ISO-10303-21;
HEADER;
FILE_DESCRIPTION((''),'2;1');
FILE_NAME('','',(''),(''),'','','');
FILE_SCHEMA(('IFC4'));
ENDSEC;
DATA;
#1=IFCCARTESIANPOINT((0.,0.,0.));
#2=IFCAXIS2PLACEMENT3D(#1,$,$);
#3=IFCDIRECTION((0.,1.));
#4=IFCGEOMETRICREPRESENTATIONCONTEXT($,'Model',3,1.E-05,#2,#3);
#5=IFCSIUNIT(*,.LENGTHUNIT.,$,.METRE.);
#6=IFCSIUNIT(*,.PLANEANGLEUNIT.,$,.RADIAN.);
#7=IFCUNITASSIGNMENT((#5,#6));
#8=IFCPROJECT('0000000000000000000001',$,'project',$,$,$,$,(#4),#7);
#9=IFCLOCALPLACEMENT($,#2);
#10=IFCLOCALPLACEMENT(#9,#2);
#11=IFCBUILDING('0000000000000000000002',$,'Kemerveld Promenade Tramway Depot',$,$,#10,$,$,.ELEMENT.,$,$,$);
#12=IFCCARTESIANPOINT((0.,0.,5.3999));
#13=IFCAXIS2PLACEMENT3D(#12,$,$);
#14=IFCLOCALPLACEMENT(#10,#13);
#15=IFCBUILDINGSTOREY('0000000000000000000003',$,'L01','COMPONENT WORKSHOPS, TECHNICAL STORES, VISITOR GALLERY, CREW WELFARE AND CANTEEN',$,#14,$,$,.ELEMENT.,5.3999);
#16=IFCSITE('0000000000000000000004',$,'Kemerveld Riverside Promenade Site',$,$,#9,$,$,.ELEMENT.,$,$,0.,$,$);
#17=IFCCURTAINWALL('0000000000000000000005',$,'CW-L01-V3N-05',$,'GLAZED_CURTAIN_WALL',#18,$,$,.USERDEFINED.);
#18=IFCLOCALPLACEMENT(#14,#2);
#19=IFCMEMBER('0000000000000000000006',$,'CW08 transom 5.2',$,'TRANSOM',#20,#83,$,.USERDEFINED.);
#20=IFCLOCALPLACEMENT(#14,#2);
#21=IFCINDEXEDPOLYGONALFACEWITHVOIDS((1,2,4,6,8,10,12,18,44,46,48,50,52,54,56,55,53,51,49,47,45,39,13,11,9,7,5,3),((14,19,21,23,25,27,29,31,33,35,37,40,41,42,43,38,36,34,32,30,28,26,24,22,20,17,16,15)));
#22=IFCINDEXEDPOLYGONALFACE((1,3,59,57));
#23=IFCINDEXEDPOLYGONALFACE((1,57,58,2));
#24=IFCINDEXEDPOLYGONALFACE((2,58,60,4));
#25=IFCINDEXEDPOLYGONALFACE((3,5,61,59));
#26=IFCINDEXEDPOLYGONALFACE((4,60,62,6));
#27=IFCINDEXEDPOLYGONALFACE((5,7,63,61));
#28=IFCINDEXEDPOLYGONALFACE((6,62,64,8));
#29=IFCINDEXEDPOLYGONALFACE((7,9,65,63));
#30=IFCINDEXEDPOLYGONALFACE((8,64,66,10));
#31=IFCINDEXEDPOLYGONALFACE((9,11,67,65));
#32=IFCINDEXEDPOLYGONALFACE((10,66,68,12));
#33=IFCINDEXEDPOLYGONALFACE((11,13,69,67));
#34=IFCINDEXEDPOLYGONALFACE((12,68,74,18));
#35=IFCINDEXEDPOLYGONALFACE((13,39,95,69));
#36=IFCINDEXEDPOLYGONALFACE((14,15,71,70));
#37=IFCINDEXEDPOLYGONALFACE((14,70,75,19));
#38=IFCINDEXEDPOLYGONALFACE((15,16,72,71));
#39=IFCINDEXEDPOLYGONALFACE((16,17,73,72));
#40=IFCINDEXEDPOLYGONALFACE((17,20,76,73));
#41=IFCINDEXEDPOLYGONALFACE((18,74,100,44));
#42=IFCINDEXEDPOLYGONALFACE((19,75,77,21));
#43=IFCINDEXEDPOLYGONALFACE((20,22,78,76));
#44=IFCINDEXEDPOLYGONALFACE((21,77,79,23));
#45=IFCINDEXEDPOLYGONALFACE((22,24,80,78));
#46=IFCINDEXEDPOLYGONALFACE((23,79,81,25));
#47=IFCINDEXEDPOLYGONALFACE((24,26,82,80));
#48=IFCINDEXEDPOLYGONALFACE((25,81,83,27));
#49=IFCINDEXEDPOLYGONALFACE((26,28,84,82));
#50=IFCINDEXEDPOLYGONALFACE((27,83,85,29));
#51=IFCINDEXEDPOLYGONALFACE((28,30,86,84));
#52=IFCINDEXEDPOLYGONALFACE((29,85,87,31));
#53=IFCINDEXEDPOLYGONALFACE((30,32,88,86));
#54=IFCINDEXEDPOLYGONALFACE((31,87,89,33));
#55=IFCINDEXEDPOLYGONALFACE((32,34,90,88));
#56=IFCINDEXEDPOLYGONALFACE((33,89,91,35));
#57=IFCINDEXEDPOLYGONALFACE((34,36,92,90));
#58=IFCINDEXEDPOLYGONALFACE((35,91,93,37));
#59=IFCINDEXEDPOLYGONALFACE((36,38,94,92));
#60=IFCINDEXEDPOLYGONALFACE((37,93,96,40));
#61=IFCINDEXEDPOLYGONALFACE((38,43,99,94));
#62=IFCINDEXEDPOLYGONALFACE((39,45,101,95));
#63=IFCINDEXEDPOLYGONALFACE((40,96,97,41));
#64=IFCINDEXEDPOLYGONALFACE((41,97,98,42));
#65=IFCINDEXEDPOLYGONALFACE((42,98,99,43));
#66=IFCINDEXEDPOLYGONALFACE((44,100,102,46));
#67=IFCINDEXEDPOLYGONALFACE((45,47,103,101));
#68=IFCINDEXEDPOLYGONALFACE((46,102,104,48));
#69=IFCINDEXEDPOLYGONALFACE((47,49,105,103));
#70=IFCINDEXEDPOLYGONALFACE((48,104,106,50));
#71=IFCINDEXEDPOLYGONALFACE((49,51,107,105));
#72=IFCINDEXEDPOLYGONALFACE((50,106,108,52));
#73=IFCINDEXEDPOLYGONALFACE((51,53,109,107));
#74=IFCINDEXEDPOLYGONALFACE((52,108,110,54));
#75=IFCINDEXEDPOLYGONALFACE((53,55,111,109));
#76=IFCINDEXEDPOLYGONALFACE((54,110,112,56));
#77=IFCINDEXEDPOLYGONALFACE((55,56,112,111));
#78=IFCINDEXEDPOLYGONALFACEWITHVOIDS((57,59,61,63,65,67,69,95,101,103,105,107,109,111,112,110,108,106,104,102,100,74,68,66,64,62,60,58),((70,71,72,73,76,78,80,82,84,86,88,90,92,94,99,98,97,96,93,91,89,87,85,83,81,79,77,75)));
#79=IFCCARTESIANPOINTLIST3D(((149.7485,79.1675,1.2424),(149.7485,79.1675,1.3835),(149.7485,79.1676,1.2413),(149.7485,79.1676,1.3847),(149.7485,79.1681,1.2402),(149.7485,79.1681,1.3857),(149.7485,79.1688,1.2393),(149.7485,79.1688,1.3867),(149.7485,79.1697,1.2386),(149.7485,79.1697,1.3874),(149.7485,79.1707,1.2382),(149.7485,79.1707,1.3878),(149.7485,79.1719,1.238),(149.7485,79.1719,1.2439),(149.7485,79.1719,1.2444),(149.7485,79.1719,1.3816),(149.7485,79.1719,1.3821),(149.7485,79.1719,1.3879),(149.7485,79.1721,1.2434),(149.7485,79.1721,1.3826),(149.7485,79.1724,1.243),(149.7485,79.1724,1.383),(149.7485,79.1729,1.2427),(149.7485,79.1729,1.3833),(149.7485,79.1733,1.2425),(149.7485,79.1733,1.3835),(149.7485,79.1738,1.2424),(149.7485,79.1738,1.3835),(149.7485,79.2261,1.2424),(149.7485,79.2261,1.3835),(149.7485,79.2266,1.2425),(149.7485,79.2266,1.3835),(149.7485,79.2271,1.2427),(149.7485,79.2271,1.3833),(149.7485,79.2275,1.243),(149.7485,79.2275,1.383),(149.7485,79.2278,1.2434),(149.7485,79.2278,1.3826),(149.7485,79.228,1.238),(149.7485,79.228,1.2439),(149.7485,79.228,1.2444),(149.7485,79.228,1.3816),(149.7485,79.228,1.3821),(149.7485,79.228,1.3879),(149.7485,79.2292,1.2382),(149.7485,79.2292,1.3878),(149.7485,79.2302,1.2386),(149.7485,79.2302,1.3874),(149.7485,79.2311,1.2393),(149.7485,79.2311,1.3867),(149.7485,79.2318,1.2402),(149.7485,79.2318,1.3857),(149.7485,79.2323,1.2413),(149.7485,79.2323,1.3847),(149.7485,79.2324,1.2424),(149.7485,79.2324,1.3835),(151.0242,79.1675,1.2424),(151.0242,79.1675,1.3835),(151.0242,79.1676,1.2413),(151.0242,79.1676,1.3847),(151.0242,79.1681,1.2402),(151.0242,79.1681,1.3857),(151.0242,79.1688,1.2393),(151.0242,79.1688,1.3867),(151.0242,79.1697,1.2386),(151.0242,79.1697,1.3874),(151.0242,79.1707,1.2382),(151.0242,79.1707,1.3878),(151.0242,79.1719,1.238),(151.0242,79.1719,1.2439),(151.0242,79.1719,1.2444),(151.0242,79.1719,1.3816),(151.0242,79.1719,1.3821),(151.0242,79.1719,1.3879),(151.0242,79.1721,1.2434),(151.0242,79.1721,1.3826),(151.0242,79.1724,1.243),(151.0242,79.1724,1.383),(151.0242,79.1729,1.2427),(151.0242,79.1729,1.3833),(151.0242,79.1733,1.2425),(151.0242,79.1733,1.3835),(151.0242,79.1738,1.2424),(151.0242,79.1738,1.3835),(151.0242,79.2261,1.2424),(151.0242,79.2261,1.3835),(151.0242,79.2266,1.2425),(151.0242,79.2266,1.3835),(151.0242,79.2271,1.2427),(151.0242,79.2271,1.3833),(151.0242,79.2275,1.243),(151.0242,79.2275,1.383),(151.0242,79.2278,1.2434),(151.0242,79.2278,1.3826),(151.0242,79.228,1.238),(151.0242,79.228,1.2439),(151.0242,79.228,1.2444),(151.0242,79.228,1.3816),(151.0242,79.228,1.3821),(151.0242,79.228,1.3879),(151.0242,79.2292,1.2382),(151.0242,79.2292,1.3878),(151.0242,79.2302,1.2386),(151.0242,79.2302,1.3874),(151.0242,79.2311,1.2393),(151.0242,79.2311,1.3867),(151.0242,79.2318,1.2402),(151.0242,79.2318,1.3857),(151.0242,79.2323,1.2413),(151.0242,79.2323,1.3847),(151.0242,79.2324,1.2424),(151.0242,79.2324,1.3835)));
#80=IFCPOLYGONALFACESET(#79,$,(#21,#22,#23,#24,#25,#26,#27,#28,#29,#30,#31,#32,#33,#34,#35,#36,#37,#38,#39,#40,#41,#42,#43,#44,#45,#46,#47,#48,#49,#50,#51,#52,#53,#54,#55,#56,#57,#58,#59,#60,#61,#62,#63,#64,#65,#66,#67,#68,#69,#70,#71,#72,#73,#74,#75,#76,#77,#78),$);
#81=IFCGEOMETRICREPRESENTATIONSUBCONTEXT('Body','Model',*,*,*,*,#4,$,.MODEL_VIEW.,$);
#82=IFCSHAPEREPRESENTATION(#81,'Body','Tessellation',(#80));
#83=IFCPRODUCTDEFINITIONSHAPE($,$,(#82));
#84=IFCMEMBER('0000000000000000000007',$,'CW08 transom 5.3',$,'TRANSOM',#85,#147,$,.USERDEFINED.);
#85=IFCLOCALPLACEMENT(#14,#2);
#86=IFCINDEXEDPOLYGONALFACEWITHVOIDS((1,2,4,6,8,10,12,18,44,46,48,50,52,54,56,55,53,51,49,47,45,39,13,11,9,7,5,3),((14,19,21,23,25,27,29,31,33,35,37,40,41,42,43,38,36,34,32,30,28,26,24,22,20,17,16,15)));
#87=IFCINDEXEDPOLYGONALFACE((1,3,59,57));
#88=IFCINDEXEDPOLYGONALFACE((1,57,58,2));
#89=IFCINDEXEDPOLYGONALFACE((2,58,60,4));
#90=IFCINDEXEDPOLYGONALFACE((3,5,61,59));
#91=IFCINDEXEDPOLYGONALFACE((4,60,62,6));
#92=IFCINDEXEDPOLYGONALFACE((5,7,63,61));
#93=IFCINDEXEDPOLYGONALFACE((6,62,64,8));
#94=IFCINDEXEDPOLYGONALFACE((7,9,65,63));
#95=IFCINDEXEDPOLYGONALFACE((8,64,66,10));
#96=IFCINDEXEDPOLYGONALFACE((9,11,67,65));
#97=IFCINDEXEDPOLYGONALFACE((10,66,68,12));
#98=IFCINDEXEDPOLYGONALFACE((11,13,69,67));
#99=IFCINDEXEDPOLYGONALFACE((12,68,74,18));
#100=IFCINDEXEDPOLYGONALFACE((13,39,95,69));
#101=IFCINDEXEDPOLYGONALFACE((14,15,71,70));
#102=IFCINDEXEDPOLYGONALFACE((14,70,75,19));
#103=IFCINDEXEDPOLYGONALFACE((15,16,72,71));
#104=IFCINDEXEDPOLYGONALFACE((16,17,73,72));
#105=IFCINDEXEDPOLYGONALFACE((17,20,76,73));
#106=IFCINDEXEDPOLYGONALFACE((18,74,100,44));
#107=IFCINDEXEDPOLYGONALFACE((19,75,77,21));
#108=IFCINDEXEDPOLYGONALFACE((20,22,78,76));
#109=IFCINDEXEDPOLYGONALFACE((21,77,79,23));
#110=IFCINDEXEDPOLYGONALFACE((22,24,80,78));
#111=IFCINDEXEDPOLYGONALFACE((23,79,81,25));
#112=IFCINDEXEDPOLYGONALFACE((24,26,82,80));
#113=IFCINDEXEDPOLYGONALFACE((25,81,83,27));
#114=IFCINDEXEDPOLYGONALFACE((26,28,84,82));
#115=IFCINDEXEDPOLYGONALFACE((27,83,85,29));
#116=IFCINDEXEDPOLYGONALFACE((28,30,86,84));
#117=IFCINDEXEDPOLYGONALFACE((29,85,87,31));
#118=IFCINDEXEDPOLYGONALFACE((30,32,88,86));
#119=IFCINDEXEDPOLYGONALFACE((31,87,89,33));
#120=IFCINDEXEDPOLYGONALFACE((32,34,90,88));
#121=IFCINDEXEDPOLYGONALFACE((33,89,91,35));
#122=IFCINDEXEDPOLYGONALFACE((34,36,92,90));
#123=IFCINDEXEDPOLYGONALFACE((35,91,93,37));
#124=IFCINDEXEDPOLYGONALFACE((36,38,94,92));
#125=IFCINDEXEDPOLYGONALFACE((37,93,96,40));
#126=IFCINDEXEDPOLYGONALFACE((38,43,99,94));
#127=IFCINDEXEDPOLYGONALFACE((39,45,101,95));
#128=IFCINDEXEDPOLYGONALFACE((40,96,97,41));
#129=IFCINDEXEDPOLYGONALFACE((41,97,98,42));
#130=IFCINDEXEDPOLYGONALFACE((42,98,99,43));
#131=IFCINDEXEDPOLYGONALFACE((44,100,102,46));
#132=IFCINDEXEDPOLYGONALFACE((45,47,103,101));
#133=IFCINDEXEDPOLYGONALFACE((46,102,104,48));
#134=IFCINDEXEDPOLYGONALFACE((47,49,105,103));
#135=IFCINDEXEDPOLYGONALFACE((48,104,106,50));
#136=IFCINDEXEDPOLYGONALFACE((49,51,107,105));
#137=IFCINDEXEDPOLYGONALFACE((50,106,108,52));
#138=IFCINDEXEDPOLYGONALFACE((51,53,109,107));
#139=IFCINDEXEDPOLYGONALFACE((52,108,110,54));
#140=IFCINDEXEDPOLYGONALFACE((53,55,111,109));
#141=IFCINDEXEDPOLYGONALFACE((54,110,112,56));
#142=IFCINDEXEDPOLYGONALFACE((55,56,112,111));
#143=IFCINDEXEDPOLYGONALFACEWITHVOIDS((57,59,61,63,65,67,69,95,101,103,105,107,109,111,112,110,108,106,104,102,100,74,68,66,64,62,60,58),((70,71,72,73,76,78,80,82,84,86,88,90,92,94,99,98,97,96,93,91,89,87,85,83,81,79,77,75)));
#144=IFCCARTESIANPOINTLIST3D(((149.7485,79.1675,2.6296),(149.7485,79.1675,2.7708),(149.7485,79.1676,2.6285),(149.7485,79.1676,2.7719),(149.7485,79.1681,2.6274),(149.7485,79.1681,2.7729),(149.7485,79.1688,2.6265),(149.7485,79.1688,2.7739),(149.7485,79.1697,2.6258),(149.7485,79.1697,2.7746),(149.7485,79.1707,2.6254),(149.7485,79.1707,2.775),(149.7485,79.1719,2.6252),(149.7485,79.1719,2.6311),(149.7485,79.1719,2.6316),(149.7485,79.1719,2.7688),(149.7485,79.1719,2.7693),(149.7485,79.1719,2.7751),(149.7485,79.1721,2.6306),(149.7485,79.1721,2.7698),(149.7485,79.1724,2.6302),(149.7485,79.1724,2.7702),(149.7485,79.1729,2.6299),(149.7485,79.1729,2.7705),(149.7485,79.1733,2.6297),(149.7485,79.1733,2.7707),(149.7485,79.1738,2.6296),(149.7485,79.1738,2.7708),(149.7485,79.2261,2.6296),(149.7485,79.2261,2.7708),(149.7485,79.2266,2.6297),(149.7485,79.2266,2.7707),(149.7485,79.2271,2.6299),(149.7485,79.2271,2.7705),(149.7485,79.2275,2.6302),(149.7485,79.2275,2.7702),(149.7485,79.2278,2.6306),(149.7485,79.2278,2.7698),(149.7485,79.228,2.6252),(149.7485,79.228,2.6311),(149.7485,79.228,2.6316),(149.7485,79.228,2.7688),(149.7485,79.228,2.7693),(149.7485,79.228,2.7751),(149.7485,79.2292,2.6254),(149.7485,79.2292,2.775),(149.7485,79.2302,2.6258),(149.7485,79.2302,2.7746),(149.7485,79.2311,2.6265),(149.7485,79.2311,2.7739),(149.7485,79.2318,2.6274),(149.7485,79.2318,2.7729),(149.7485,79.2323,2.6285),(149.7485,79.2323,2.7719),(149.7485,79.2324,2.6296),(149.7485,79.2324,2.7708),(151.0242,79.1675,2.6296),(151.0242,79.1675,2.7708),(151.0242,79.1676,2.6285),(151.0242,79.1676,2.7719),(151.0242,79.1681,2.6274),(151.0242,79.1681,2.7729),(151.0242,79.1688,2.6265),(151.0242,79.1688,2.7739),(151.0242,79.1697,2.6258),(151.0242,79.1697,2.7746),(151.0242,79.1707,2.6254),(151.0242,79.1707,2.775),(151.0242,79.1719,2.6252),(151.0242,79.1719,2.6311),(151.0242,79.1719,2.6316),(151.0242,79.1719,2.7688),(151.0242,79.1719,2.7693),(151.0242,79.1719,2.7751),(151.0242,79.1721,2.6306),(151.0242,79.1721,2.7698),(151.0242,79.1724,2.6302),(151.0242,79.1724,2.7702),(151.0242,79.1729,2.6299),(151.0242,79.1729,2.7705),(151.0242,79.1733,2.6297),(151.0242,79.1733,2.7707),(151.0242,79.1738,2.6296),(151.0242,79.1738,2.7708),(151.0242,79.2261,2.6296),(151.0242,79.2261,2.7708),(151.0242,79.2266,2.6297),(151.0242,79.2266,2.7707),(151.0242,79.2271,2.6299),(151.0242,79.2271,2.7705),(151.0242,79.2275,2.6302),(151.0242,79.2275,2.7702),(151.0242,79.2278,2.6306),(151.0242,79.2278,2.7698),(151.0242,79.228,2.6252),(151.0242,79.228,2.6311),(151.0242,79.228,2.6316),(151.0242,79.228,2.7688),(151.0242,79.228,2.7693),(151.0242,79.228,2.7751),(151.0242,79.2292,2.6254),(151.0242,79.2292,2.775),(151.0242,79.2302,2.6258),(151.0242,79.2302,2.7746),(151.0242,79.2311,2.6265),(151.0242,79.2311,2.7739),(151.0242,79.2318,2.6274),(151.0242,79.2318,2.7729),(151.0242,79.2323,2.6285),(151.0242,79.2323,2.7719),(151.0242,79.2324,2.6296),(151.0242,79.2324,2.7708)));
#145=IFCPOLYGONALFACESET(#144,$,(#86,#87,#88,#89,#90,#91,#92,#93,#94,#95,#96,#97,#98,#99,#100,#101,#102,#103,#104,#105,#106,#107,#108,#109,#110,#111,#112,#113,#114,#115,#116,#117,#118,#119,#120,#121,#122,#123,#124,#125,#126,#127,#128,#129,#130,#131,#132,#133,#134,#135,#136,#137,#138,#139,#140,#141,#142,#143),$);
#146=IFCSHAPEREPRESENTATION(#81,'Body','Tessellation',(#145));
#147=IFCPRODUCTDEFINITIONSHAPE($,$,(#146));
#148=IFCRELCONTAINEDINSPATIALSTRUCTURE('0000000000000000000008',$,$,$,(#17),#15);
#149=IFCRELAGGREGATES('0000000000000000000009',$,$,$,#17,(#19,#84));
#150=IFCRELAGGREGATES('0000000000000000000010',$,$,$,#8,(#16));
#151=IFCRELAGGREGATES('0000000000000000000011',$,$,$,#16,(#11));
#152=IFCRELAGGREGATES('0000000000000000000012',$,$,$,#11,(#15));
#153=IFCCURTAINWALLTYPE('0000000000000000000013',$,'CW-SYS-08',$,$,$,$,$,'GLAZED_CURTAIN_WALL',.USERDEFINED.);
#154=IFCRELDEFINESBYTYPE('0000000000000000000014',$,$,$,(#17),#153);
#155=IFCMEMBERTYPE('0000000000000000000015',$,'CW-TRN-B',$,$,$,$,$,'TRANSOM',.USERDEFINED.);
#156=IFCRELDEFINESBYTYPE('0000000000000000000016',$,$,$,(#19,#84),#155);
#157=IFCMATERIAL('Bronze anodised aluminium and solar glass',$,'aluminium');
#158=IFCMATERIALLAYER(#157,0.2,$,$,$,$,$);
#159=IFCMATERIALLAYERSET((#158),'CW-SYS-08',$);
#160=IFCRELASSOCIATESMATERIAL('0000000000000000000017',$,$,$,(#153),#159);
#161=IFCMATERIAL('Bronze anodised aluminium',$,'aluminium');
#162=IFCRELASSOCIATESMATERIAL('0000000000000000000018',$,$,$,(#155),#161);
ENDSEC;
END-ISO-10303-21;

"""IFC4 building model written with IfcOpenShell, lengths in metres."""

from ifc_helpers import new_model, si_unit, direction, frame, origin, origin_2d, place, context, subcontext, project, spatial, hollow_rectangle, extrude, material, layer, layer_set, material_profile, profile_set, type_object, element, aggregate, save


model = new_model("IFC4")

# Units and contexts
model_context = context("Model", 3, precision=1e-05, world=origin(), true_north=direction((0.0, 1.0)))
body_context = subcontext(model_context, "Body", "Model", "MODEL_VIEW")
ifc_project = project(units=[si_unit("LENGTHUNIT", "METRE"), si_unit("PLANEANGLEUNIT", "RADIAN")], contexts=[model_context])

# Site, building, storey
site_placement = place(None, origin())
site = spatial("IfcSite", under=ifc_project, at=site_placement, Name="Kemerveld Riverside Promenade Site", CompositionType="ELEMENT", RefElevation=0.0)
building_placement = place(site_placement, origin())
building = spatial("IfcBuilding", under=site, at=building_placement, Name="Kemerveld Promenade Tramway Depot", CompositionType="ELEMENT")
storey_placement = place(building_placement, frame((0.0, 0.0, 5.3999)))
storey = spatial("IfcBuildingStorey", under=building, at=storey_placement, Name="L01", Description="COMPONENT WORKSHOPS, TECHNICAL STORES, VISITOR GALLERY, CREW WELFARE AND CANTEEN", CompositionType="ELEMENT", Elevation=5.3999)

# Curtain wall, members
ifc_material_1 = material(Name="Bronze anodised aluminium and solar glass", Category="aluminium")
ifc_layer_1 = layer(ifc_material_1, 0.2)
ifc_layer_set_1 = layer_set([ifc_layer_1], Name="CW-SYS-08")
curtain_wall_type = type_object("IfcCurtainWallType", Name="CW-SYS-08", ElementType="GLAZED_CURTAIN_WALL", PredefinedType="USERDEFINED", material=ifc_layer_set_1)
curtain_wall_placement = place(storey_placement, origin())
curtain_wall = element("IfcCurtainWall", 1, at=curtain_wall_placement, inside=storey, type_object=curtain_wall_type, Name="CW-L01-V3N-05", ObjectType="GLAZED_CURTAIN_WALL", PredefinedType="USERDEFINED")
ifc_material_2 = material(Name="Bronze anodised aluminium", Category="aluminium")
ifc_material_profile_1 = material_profile(ifc_material_2, hollow_rectangle(XDim=0.0649, YDim=0.1499, WallThickness=0.0044, InnerFilletRadius=0.002, OuterFilletRadius=0.0044, at=origin_2d()), Name="CW-TRN-150x65")
ifc_profile_set_1 = profile_set([ifc_material_profile_1], Name="Bronze anodised aluminium")
member_type_1 = type_object("IfcMemberType", Name="CW-TRN-B", ElementType="TRANSOM", PredefinedType="USERDEFINED", material=ifc_profile_set_1)
member_1_placement = place(storey_placement, frame((149.7485, 79.2, 1.313), z_axis=(1.0, 0.0, 0.0), x_axis=(0.0, 1.0, 0.0)))
member_1 = element("IfcMember", 2, at=member_1_placement, type_object=member_type_1, Name="CW08 transom 5.2", ObjectType="TRANSOM", PredefinedType="USERDEFINED", context=body_context, shape_type="SweptSolid", body=[
    extrude(hollow_rectangle(XDim=0.0649, YDim=0.1499, WallThickness=0.0044, InnerFilletRadius=0.002, OuterFilletRadius=0.0044, at=origin_2d()), origin(), (0.0, 0.0, 1.0), 1.2756),
])
member_2_placement = place(storey_placement, frame((149.7485, 79.2, 2.7002), z_axis=(1.0, 0.0, 0.0), x_axis=(0.0, 1.0, 0.0)))
member_2 = element("IfcMember", 3, at=member_2_placement, type_object=member_type_1, Name="CW08 transom 5.3", ObjectType="TRANSOM", PredefinedType="USERDEFINED", context=body_context, shape_type="SweptSolid", body=[
    extrude(hollow_rectangle(XDim=0.0649, YDim=0.1499, WallThickness=0.0044, InnerFilletRadius=0.002, OuterFilletRadius=0.0044, at=origin_2d()), origin(), (0.0, 0.0, 1.0), 1.2756),
])
aggregate(curtain_wall, [member_1, member_2])

save(model, "model.ifc")
